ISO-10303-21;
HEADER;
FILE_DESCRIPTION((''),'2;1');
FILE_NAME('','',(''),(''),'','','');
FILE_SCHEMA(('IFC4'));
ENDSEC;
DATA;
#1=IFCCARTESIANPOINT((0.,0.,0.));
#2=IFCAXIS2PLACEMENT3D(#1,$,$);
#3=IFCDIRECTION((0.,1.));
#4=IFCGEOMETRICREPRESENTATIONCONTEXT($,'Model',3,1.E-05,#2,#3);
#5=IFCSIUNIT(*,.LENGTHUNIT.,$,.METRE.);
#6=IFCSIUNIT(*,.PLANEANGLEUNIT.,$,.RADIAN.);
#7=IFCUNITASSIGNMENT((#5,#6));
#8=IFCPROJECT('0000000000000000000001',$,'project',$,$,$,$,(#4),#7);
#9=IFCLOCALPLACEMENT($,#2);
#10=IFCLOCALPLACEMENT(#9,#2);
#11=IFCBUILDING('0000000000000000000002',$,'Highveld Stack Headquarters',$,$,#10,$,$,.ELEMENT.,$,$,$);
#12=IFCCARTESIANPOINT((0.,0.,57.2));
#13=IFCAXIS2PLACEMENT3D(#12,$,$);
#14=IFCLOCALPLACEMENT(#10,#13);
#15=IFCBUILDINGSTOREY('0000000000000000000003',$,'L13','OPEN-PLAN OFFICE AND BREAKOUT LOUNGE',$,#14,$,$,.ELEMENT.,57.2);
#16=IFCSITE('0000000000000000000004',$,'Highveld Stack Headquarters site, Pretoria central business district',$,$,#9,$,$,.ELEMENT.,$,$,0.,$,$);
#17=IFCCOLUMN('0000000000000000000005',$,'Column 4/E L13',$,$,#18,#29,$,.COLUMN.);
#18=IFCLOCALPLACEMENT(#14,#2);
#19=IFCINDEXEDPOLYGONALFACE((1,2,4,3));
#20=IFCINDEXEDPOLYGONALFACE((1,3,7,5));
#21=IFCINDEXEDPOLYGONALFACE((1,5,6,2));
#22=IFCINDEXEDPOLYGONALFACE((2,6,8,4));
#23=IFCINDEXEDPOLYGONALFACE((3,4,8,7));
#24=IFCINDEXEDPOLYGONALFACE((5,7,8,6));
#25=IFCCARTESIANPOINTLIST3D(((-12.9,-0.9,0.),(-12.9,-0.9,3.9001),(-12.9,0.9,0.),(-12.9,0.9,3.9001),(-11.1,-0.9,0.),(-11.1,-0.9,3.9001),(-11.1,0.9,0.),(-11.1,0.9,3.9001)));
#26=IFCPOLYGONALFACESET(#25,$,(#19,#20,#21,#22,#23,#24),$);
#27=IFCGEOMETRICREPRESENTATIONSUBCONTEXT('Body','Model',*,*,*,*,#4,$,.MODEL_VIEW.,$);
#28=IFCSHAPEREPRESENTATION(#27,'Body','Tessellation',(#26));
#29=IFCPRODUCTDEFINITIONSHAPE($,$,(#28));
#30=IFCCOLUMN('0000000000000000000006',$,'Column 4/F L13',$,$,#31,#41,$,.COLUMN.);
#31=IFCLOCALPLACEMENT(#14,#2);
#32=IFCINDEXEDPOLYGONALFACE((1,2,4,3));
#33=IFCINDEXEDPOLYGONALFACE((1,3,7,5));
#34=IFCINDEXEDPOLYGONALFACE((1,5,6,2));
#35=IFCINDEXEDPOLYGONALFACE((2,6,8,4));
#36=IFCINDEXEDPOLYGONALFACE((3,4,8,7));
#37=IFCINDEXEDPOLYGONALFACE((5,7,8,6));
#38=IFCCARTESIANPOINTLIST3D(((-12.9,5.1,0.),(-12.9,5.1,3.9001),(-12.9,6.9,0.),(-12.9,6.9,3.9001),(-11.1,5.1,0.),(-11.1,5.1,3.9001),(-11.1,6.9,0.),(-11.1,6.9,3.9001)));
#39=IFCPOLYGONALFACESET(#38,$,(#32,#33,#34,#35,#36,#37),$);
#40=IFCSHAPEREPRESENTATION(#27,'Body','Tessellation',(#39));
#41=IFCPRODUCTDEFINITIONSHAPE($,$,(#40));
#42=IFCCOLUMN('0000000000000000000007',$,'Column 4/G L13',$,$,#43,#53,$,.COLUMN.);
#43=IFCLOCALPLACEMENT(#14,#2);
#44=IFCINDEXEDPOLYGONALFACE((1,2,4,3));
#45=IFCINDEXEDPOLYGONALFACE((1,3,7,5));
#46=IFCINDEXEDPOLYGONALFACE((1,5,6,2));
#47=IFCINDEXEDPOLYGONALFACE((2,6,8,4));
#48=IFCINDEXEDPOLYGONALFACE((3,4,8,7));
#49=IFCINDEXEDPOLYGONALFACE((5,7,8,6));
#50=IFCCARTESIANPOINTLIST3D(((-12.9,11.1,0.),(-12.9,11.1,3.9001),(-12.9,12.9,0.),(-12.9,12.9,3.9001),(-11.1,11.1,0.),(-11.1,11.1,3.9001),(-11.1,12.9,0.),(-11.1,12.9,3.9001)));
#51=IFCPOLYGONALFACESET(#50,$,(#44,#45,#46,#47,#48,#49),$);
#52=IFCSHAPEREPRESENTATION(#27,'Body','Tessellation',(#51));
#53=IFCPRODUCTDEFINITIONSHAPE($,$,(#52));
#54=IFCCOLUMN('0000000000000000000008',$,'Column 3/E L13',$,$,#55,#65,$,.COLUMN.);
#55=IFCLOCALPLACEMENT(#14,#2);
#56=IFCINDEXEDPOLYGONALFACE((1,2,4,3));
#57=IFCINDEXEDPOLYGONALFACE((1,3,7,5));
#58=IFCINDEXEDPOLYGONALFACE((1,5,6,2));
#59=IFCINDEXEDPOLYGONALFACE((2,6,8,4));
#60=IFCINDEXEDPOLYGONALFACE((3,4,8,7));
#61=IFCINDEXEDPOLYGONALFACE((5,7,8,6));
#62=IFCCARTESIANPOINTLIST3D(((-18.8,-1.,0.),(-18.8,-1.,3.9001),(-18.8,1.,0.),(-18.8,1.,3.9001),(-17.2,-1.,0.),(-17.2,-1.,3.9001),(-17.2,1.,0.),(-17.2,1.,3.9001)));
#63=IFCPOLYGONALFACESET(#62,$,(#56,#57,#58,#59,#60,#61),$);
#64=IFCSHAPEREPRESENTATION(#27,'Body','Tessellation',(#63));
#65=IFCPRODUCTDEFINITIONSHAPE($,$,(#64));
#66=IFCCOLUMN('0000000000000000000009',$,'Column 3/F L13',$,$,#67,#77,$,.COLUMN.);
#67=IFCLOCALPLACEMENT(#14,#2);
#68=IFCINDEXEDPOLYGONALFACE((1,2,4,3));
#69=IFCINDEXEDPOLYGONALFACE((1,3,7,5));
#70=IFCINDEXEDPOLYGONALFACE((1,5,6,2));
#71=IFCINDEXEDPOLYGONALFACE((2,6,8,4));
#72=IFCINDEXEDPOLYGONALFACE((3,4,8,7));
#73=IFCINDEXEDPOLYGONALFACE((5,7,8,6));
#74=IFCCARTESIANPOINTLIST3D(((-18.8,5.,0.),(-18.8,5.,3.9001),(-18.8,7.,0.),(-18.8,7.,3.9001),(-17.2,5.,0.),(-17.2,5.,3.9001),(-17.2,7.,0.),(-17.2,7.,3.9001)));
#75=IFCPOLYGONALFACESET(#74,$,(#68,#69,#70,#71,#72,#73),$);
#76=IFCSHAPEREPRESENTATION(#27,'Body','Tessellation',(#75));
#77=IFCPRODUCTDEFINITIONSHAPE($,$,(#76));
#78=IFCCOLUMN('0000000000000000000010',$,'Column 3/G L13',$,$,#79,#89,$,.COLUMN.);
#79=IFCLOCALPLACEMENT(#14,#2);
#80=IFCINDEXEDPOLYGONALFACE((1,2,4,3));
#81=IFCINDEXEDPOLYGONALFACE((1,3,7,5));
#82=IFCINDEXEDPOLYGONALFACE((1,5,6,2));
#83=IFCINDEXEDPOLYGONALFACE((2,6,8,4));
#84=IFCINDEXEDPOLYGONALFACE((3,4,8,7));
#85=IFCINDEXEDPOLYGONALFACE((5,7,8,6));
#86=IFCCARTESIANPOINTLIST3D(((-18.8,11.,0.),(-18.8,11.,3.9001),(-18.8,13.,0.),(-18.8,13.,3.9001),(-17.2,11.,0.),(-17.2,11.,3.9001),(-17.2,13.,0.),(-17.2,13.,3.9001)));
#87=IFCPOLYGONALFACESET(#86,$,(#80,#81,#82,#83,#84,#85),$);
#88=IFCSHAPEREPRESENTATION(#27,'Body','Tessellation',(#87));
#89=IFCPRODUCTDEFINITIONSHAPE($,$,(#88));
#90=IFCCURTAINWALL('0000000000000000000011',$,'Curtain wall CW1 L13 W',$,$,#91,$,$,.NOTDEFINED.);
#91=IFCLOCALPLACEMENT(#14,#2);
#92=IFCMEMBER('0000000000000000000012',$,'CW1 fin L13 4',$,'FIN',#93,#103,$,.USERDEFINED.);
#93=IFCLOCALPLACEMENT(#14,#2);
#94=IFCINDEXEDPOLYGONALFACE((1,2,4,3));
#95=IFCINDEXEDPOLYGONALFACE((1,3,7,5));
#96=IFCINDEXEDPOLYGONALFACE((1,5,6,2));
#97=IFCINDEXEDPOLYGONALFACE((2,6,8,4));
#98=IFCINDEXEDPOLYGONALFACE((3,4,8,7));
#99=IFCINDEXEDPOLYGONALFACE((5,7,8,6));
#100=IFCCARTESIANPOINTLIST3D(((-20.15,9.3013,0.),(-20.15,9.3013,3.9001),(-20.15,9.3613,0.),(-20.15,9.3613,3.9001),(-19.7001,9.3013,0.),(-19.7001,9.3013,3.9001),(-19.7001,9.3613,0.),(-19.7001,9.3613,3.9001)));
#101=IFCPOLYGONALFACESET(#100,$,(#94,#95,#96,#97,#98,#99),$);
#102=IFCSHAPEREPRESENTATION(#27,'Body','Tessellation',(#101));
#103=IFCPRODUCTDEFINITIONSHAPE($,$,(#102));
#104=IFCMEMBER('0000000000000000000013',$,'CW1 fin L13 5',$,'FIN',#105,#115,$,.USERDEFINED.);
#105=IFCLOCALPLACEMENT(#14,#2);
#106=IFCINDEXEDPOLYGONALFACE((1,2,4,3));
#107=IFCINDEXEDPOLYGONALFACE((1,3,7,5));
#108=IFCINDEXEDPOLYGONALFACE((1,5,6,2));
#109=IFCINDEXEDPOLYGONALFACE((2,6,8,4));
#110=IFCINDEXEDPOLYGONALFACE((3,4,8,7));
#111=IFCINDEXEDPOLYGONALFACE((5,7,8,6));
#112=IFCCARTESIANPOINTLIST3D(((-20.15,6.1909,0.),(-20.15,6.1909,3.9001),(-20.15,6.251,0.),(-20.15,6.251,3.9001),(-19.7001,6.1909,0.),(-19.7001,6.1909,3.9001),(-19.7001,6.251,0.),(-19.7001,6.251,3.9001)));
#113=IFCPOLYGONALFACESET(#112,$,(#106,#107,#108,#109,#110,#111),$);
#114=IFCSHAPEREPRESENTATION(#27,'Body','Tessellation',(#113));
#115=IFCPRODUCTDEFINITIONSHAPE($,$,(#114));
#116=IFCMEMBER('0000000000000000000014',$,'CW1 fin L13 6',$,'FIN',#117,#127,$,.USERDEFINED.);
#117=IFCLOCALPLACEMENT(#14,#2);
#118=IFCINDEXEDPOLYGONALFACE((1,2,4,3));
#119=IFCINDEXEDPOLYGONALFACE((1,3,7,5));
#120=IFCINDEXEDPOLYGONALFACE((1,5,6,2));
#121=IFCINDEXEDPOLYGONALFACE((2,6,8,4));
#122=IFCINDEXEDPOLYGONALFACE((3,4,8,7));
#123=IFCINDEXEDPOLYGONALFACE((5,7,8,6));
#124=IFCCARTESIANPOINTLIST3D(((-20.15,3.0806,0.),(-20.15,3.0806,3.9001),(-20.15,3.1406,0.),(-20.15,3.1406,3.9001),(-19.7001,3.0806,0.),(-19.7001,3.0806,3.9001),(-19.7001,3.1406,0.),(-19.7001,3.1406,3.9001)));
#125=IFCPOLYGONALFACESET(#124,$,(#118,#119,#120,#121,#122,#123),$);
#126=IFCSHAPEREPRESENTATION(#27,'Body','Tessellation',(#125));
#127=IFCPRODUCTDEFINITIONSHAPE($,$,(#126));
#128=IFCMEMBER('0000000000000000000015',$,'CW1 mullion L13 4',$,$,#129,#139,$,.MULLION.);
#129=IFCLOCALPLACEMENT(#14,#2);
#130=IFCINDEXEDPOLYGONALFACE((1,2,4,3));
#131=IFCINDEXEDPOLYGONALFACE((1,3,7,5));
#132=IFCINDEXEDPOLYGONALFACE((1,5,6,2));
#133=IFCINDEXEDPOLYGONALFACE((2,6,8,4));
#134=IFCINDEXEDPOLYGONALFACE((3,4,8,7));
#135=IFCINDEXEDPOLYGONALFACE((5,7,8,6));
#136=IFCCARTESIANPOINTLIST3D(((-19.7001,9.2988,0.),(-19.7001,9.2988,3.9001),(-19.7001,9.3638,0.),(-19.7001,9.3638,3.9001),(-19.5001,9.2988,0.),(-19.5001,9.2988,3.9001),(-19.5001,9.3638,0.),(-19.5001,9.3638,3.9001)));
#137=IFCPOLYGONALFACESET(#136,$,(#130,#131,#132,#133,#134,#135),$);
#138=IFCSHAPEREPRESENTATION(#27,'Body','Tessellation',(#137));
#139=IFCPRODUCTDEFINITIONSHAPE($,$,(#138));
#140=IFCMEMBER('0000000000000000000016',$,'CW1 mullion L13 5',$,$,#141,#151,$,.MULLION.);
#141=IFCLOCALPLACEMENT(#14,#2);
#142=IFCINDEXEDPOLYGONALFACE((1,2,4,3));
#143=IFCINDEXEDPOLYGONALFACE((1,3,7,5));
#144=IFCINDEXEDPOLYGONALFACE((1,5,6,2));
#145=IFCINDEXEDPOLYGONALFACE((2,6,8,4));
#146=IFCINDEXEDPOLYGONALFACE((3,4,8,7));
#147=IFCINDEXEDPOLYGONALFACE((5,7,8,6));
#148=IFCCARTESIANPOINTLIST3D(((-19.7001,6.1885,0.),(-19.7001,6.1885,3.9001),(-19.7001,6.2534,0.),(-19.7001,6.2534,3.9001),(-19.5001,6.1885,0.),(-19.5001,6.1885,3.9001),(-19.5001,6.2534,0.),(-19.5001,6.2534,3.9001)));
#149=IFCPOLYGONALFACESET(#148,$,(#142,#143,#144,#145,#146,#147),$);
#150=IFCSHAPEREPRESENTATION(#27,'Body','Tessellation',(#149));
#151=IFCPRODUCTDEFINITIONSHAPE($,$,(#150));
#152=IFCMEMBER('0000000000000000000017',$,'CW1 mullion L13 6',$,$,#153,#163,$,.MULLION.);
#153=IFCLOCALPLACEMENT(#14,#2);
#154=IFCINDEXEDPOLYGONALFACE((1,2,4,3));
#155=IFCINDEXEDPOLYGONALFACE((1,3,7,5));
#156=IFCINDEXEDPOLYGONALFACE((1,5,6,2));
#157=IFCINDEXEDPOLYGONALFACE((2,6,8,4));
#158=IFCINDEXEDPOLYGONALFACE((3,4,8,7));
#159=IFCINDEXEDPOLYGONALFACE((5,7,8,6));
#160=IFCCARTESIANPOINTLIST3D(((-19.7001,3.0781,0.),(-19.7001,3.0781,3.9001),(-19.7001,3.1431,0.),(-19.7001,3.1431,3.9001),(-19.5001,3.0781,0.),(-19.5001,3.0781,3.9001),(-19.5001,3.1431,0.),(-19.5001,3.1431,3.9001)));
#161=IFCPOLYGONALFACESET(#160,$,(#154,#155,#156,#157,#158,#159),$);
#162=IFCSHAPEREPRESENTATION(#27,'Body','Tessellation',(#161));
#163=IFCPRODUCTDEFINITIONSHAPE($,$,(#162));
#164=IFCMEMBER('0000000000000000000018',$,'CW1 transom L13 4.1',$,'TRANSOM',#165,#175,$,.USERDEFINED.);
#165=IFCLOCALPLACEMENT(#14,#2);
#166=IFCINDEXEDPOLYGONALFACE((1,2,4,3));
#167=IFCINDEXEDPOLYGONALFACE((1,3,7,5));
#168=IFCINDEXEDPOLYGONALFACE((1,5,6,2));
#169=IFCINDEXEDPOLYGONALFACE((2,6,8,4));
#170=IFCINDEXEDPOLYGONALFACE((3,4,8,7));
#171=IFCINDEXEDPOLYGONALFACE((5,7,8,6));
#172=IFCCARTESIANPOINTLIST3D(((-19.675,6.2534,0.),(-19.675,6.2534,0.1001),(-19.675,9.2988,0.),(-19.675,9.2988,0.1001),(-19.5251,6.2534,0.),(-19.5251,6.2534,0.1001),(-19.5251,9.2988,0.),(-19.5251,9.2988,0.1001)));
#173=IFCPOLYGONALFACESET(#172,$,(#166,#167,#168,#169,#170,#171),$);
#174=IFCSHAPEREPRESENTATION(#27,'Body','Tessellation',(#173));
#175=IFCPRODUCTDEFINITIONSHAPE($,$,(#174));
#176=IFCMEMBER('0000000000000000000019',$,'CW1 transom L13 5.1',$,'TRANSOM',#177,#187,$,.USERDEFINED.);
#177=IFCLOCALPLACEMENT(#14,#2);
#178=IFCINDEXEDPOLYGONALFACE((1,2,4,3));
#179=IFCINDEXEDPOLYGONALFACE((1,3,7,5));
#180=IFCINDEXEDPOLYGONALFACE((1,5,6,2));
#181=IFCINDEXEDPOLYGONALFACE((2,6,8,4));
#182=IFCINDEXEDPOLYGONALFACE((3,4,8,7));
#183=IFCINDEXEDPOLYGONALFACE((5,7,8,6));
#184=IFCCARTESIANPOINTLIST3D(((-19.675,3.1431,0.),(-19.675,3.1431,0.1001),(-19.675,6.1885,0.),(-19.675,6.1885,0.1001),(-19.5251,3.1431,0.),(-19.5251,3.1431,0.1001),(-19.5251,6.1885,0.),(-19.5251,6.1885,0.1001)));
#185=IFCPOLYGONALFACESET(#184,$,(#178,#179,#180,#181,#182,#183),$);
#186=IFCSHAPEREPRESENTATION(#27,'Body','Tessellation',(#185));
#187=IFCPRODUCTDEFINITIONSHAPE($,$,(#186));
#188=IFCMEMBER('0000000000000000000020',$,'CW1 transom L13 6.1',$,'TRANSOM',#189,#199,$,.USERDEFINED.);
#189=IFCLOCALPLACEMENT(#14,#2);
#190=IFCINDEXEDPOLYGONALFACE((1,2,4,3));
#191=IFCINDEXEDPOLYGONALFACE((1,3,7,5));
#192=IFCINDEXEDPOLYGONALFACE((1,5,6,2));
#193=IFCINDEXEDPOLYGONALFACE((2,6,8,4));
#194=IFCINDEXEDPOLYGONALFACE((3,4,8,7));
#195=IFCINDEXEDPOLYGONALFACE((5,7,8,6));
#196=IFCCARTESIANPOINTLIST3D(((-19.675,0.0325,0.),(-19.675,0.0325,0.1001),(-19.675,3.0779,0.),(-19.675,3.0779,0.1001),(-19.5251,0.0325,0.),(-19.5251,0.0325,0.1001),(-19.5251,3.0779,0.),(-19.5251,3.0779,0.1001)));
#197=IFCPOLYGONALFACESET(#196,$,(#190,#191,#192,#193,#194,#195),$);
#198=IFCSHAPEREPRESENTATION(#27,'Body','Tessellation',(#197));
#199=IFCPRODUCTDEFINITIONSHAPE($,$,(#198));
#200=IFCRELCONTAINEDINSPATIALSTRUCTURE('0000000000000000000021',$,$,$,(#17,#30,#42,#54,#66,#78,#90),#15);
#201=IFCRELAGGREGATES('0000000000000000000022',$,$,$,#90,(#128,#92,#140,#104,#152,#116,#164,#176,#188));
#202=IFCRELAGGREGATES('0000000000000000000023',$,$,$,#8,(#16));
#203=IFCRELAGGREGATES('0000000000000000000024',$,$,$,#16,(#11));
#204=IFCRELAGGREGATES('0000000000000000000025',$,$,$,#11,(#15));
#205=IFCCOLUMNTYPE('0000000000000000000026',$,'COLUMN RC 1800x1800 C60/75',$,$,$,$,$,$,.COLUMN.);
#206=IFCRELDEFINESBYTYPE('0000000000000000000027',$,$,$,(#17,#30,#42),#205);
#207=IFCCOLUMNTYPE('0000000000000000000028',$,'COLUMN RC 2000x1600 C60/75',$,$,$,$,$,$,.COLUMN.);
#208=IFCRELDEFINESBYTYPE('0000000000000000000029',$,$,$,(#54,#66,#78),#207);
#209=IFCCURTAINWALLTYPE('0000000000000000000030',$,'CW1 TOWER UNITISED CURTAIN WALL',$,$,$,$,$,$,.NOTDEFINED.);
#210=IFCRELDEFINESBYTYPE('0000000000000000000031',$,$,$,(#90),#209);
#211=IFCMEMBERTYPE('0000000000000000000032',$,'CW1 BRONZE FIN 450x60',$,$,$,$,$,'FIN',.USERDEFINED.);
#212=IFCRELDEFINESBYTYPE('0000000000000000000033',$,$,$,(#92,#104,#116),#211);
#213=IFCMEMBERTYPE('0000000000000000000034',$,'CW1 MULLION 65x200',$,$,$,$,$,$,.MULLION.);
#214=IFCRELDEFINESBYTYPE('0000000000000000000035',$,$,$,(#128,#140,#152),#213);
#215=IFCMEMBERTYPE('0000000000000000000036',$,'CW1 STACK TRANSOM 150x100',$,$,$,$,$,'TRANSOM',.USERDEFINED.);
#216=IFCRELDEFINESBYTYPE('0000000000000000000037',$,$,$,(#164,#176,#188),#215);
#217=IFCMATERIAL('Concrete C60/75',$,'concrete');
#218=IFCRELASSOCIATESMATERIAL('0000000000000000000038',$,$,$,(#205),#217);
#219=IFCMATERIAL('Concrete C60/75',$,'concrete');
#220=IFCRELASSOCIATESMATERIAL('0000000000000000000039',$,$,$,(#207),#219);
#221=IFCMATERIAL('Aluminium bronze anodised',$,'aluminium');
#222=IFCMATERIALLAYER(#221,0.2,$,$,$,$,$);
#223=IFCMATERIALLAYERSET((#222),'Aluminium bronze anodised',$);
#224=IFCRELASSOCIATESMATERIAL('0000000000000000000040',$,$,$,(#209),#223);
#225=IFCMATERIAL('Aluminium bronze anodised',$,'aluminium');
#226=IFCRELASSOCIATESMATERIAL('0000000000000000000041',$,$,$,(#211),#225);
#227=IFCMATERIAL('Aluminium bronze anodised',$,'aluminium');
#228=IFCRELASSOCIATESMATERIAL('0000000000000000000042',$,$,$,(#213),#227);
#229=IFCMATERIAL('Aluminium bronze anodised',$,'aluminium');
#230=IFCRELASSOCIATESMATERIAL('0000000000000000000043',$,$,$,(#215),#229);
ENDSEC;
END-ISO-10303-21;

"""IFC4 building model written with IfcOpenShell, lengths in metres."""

from ifc_helpers import new_model, si_unit, direction, frame, origin, origin_2d, place, context, subcontext, project, spatial, rectangle, extrude, material, layer, layer_set, material_profile, profile_set, type_object, element, aggregate, save


model = new_model("IFC4")

# Units and contexts
model_context = context("Model", 3, precision=1e-05, world=origin(), true_north=direction((0.0, 1.0)))
body_context = subcontext(model_context, "Body", "Model", "MODEL_VIEW")
ifc_project = project(units=[si_unit("LENGTHUNIT", "METRE"), si_unit("PLANEANGLEUNIT", "RADIAN")], contexts=[model_context])

# Site, building, storey
site_placement = place(None, origin())
site = spatial("IfcSite", under=ifc_project, at=site_placement, Name="Highveld Stack Headquarters site, Pretoria central business district", CompositionType="ELEMENT", RefElevation=0.0)
building_placement = place(site_placement, origin())
building = spatial("IfcBuilding", under=site, at=building_placement, Name="Highveld Stack Headquarters", CompositionType="ELEMENT")
storey_placement = place(building_placement, frame((0.0, 0.0, 57.2)))
storey = spatial("IfcBuildingStorey", under=building, at=storey_placement, Name="L13", Description="OPEN-PLAN OFFICE AND BREAKOUT LOUNGE", CompositionType="ELEMENT", Elevation=57.2)

# Columns
ifc_material_1 = material(Name="Concrete C60/75", Category="concrete")
ifc_material_profile_1 = material_profile(ifc_material_1, rectangle(XDim=1.8, YDim=1.8, at=origin_2d()), Name="RC 1800x1800")
ifc_profile_set_1 = profile_set([ifc_material_profile_1], Name="Concrete C60/75")
column_type_1 = type_object("IfcColumnType", Name="COLUMN RC 1800x1800 C60/75", PredefinedType="COLUMN", material=ifc_profile_set_1)
for number, where, z_axis, x_axis, name in (
    (1, (-12.0, 0.0, 0.0), (0.0, 0.0, 1.0), (1.0, 0.0, 0.0), "Column 4/E L13"),
    (2, (-12.0, 6.0, 0.0), (0.0, 0.0, 1.0), (1.0, 0.0, 0.0), "Column 4/F L13"),
    (3, (-12.0, 12.0, 0.0), (0.0, 0.0, 1.0), (1.0, 0.0, 0.0), "Column 4/G L13"),
):
    element("IfcColumn", number, at=place(storey_placement, frame(where, z_axis=z_axis, x_axis=x_axis)), inside=storey, type_object=column_type_1, Name=name, PredefinedType="COLUMN", context=body_context, shape_type="SweptSolid", body=[
        extrude(rectangle(XDim=1.8, YDim=1.8, at=origin_2d()), origin(), (0.0, 0.0, 1.0), 3.9001),
    ])
ifc_material_2 = material(Name="Concrete C60/75", Category="concrete")
ifc_material_profile_2 = material_profile(ifc_material_2, rectangle(XDim=2.0, YDim=1.6001, at=origin_2d()), Name="RC 2000x1600")
ifc_profile_set_2 = profile_set([ifc_material_profile_2], Name="Concrete C60/75")
column_type_2 = type_object("IfcColumnType", Name="COLUMN RC 2000x1600 C60/75", PredefinedType="COLUMN", material=ifc_profile_set_2)
for number, where, z_axis, x_axis, name in (
    (4, (-18.0, 0.0, 0.0), (0.0, 0.0, 1.0), (0.0, 1.0, 0.0), "Column 3/E L13"),
    (5, (-18.0, 6.0, 0.0), (0.0, 0.0, 1.0), (0.0, 1.0, 0.0), "Column 3/F L13"),
    (6, (-18.0, 12.0, 0.0), (0.0, 0.0, 1.0), (0.0, 1.0, 0.0), "Column 3/G L13"),
):
    element("IfcColumn", number, at=place(storey_placement, frame(where, z_axis=z_axis, x_axis=x_axis)), inside=storey, type_object=column_type_2, Name=name, PredefinedType="COLUMN", context=body_context, shape_type="SweptSolid", body=[
        extrude(rectangle(XDim=2.0, YDim=1.6001, at=origin_2d()), origin(), (0.0, 0.0, 1.0), 3.9001),
    ])

# Curtain wall, members
ifc_material_3 = material(Name="Aluminium bronze anodised", Category="aluminium")
ifc_layer_1 = layer(ifc_material_3, 0.2)
ifc_layer_set_1 = layer_set([ifc_layer_1], Name="Aluminium bronze anodised")
curtain_wall_type = type_object("IfcCurtainWallType", Name="CW1 TOWER UNITISED CURTAIN WALL", PredefinedType="NOTDEFINED", material=ifc_layer_set_1)
curtain_wall_placement = place(storey_placement, origin())
curtain_wall = element("IfcCurtainWall", 7, at=curtain_wall_placement, inside=storey, type_object=curtain_wall_type, Name="Curtain wall CW1 L13 W", PredefinedType="NOTDEFINED")
ifc_material_4 = material(Name="Aluminium bronze anodised", Category="aluminium")
ifc_material_profile_3 = material_profile(ifc_material_4, rectangle(XDim=0.45, YDim=0.0601, at=origin_2d()), Name="FIN 450x60")
ifc_profile_set_3 = profile_set([ifc_material_profile_3], Name="Aluminium bronze anodised")
member_type_1 = type_object("IfcMemberType", Name="CW1 BRONZE FIN 450x60", ElementType="FIN", PredefinedType="USERDEFINED", material=ifc_profile_set_3)
member_1_placement = place(storey_placement, frame((-19.925, 9.3313, 0.0), z_axis=(0.0, 0.0, 1.0), x_axis=(1.0, 0.0, 0.0)))
member_1 = element("IfcMember", 8, at=member_1_placement, type_object=member_type_1, Name="CW1 fin L13 4", ObjectType="FIN", PredefinedType="USERDEFINED", context=body_context, shape_type="SweptSolid", body=[
    extrude(rectangle(XDim=0.45, YDim=0.0601, at=origin_2d()), origin(), (0.0, 0.0, 1.0), 3.9001),
])
member_2_placement = place(storey_placement, frame((-19.925, 6.2209, 0.0), z_axis=(0.0, 0.0, 1.0), x_axis=(1.0, 0.0, 0.0)))
member_2 = element("IfcMember", 9, at=member_2_placement, type_object=member_type_1, Name="CW1 fin L13 5", ObjectType="FIN", PredefinedType="USERDEFINED", context=body_context, shape_type="SweptSolid", body=[
    extrude(rectangle(XDim=0.45, YDim=0.0601, at=origin_2d()), origin(), (0.0, 0.0, 1.0), 3.9001),
])
member_3_placement = place(storey_placement, frame((-19.925, 3.1106, 0.0), z_axis=(0.0, 0.0, 1.0), x_axis=(1.0, 0.0, 0.0)))
member_3 = element("IfcMember", 10, at=member_3_placement, type_object=member_type_1, Name="CW1 fin L13 6", ObjectType="FIN", PredefinedType="USERDEFINED", context=body_context, shape_type="SweptSolid", body=[
    extrude(rectangle(XDim=0.45, YDim=0.0601, at=origin_2d()), origin(), (0.0, 0.0, 1.0), 3.9001),
])
ifc_material_5 = material(Name="Aluminium bronze anodised", Category="aluminium")
ifc_material_profile_4 = material_profile(ifc_material_5, rectangle(XDim=0.2, YDim=0.0649, at=origin_2d()), Name="CW1 MULLION 65x200")
ifc_profile_set_4 = profile_set([ifc_material_profile_4], Name="Aluminium bronze anodised")
member_type_2 = type_object("IfcMemberType", Name="CW1 MULLION 65x200", PredefinedType="MULLION", material=ifc_profile_set_4)
member_4_placement = place(storey_placement, frame((-19.6001, 9.3313, 0.0), z_axis=(0.0, 0.0, 1.0), x_axis=(1.0, 0.0, 0.0)))
member_4 = element("IfcMember", 11, at=member_4_placement, type_object=member_type_2, Name="CW1 mullion L13 4", PredefinedType="MULLION", context=body_context, shape_type="SweptSolid", body=[
    extrude(rectangle(XDim=0.2, YDim=0.0649, at=origin_2d()), origin(), (0.0, 0.0, 1.0), 3.9001),
])
member_5_placement = place(storey_placement, frame((-19.6001, 6.2209, 0.0), z_axis=(0.0, 0.0, 1.0), x_axis=(1.0, 0.0, 0.0)))
member_5 = element("IfcMember", 12, at=member_5_placement, type_object=member_type_2, Name="CW1 mullion L13 5", PredefinedType="MULLION", context=body_context, shape_type="SweptSolid", body=[
    extrude(rectangle(XDim=0.2, YDim=0.0649, at=origin_2d()), origin(), (0.0, 0.0, 1.0), 3.9001),
])
member_6_placement = place(storey_placement, frame((-19.6001, 3.1106, 0.0), z_axis=(0.0, 0.0, 1.0), x_axis=(1.0, 0.0, 0.0)))
member_6 = element("IfcMember", 13, at=member_6_placement, type_object=member_type_2, Name="CW1 mullion L13 6", PredefinedType="MULLION", context=body_context, shape_type="SweptSolid", body=[
    extrude(rectangle(XDim=0.2, YDim=0.0649, at=origin_2d()), origin(), (0.0, 0.0, 1.0), 3.9001),
])
ifc_material_6 = material(Name="Aluminium bronze anodised", Category="aluminium")
ifc_material_profile_5 = material_profile(ifc_material_6, rectangle(XDim=0.1499, YDim=0.1001, at=origin_2d()), Name="CW1 TRANSOM 150x100")
ifc_profile_set_5 = profile_set([ifc_material_profile_5], Name="Aluminium bronze anodised")
member_type_3 = type_object("IfcMemberType", Name="CW1 STACK TRANSOM 150x100", ElementType="TRANSOM", PredefinedType="USERDEFINED", material=ifc_profile_set_5)
member_7_placement = place(storey_placement, frame((-19.6001, 9.2988, 0.05), z_axis=(0.0, -1.0, 0.0), x_axis=(1.0, 0.0, 0.0)))
member_7 = element("IfcMember", 14, at=member_7_placement, type_object=member_type_3, Name="CW1 transom L13 4.1", ObjectType="TRANSOM", PredefinedType="USERDEFINED", context=body_context, shape_type="SweptSolid", body=[
    extrude(rectangle(XDim=0.1499, YDim=0.1001, at=origin_2d()), origin(), (0.0, 0.0, 1.0), 3.0454),
])
member_8_placement = place(storey_placement, frame((-19.6001, 6.1885, 0.05), z_axis=(0.0, -1.0, 0.0), x_axis=(1.0, 0.0, 0.0)))
member_8 = element("IfcMember", 15, at=member_8_placement, type_object=member_type_3, Name="CW1 transom L13 5.1", ObjectType="TRANSOM", PredefinedType="USERDEFINED", context=body_context, shape_type="SweptSolid", body=[
    extrude(rectangle(XDim=0.1499, YDim=0.1001, at=origin_2d()), origin(), (0.0, 0.0, 1.0), 3.0454),
])
member_9_placement = place(storey_placement, frame((-19.6001, 3.0779, 0.05), z_axis=(0.0, -1.0, 0.0), x_axis=(1.0, 0.0, 0.0)))
member_9 = element("IfcMember", 16, at=member_9_placement, type_object=member_type_3, Name="CW1 transom L13 6.1", ObjectType="TRANSOM", PredefinedType="USERDEFINED", context=body_context, shape_type="SweptSolid", body=[
    extrude(rectangle(XDim=0.1499, YDim=0.1001, at=origin_2d()), origin(), (0.0, 0.0, 1.0), 3.0454),
])
aggregate(curtain_wall, [member_4, member_1, member_5, member_2, member_6, member_3, member_7, member_8, member_9])

save(model, "model.ifc")
